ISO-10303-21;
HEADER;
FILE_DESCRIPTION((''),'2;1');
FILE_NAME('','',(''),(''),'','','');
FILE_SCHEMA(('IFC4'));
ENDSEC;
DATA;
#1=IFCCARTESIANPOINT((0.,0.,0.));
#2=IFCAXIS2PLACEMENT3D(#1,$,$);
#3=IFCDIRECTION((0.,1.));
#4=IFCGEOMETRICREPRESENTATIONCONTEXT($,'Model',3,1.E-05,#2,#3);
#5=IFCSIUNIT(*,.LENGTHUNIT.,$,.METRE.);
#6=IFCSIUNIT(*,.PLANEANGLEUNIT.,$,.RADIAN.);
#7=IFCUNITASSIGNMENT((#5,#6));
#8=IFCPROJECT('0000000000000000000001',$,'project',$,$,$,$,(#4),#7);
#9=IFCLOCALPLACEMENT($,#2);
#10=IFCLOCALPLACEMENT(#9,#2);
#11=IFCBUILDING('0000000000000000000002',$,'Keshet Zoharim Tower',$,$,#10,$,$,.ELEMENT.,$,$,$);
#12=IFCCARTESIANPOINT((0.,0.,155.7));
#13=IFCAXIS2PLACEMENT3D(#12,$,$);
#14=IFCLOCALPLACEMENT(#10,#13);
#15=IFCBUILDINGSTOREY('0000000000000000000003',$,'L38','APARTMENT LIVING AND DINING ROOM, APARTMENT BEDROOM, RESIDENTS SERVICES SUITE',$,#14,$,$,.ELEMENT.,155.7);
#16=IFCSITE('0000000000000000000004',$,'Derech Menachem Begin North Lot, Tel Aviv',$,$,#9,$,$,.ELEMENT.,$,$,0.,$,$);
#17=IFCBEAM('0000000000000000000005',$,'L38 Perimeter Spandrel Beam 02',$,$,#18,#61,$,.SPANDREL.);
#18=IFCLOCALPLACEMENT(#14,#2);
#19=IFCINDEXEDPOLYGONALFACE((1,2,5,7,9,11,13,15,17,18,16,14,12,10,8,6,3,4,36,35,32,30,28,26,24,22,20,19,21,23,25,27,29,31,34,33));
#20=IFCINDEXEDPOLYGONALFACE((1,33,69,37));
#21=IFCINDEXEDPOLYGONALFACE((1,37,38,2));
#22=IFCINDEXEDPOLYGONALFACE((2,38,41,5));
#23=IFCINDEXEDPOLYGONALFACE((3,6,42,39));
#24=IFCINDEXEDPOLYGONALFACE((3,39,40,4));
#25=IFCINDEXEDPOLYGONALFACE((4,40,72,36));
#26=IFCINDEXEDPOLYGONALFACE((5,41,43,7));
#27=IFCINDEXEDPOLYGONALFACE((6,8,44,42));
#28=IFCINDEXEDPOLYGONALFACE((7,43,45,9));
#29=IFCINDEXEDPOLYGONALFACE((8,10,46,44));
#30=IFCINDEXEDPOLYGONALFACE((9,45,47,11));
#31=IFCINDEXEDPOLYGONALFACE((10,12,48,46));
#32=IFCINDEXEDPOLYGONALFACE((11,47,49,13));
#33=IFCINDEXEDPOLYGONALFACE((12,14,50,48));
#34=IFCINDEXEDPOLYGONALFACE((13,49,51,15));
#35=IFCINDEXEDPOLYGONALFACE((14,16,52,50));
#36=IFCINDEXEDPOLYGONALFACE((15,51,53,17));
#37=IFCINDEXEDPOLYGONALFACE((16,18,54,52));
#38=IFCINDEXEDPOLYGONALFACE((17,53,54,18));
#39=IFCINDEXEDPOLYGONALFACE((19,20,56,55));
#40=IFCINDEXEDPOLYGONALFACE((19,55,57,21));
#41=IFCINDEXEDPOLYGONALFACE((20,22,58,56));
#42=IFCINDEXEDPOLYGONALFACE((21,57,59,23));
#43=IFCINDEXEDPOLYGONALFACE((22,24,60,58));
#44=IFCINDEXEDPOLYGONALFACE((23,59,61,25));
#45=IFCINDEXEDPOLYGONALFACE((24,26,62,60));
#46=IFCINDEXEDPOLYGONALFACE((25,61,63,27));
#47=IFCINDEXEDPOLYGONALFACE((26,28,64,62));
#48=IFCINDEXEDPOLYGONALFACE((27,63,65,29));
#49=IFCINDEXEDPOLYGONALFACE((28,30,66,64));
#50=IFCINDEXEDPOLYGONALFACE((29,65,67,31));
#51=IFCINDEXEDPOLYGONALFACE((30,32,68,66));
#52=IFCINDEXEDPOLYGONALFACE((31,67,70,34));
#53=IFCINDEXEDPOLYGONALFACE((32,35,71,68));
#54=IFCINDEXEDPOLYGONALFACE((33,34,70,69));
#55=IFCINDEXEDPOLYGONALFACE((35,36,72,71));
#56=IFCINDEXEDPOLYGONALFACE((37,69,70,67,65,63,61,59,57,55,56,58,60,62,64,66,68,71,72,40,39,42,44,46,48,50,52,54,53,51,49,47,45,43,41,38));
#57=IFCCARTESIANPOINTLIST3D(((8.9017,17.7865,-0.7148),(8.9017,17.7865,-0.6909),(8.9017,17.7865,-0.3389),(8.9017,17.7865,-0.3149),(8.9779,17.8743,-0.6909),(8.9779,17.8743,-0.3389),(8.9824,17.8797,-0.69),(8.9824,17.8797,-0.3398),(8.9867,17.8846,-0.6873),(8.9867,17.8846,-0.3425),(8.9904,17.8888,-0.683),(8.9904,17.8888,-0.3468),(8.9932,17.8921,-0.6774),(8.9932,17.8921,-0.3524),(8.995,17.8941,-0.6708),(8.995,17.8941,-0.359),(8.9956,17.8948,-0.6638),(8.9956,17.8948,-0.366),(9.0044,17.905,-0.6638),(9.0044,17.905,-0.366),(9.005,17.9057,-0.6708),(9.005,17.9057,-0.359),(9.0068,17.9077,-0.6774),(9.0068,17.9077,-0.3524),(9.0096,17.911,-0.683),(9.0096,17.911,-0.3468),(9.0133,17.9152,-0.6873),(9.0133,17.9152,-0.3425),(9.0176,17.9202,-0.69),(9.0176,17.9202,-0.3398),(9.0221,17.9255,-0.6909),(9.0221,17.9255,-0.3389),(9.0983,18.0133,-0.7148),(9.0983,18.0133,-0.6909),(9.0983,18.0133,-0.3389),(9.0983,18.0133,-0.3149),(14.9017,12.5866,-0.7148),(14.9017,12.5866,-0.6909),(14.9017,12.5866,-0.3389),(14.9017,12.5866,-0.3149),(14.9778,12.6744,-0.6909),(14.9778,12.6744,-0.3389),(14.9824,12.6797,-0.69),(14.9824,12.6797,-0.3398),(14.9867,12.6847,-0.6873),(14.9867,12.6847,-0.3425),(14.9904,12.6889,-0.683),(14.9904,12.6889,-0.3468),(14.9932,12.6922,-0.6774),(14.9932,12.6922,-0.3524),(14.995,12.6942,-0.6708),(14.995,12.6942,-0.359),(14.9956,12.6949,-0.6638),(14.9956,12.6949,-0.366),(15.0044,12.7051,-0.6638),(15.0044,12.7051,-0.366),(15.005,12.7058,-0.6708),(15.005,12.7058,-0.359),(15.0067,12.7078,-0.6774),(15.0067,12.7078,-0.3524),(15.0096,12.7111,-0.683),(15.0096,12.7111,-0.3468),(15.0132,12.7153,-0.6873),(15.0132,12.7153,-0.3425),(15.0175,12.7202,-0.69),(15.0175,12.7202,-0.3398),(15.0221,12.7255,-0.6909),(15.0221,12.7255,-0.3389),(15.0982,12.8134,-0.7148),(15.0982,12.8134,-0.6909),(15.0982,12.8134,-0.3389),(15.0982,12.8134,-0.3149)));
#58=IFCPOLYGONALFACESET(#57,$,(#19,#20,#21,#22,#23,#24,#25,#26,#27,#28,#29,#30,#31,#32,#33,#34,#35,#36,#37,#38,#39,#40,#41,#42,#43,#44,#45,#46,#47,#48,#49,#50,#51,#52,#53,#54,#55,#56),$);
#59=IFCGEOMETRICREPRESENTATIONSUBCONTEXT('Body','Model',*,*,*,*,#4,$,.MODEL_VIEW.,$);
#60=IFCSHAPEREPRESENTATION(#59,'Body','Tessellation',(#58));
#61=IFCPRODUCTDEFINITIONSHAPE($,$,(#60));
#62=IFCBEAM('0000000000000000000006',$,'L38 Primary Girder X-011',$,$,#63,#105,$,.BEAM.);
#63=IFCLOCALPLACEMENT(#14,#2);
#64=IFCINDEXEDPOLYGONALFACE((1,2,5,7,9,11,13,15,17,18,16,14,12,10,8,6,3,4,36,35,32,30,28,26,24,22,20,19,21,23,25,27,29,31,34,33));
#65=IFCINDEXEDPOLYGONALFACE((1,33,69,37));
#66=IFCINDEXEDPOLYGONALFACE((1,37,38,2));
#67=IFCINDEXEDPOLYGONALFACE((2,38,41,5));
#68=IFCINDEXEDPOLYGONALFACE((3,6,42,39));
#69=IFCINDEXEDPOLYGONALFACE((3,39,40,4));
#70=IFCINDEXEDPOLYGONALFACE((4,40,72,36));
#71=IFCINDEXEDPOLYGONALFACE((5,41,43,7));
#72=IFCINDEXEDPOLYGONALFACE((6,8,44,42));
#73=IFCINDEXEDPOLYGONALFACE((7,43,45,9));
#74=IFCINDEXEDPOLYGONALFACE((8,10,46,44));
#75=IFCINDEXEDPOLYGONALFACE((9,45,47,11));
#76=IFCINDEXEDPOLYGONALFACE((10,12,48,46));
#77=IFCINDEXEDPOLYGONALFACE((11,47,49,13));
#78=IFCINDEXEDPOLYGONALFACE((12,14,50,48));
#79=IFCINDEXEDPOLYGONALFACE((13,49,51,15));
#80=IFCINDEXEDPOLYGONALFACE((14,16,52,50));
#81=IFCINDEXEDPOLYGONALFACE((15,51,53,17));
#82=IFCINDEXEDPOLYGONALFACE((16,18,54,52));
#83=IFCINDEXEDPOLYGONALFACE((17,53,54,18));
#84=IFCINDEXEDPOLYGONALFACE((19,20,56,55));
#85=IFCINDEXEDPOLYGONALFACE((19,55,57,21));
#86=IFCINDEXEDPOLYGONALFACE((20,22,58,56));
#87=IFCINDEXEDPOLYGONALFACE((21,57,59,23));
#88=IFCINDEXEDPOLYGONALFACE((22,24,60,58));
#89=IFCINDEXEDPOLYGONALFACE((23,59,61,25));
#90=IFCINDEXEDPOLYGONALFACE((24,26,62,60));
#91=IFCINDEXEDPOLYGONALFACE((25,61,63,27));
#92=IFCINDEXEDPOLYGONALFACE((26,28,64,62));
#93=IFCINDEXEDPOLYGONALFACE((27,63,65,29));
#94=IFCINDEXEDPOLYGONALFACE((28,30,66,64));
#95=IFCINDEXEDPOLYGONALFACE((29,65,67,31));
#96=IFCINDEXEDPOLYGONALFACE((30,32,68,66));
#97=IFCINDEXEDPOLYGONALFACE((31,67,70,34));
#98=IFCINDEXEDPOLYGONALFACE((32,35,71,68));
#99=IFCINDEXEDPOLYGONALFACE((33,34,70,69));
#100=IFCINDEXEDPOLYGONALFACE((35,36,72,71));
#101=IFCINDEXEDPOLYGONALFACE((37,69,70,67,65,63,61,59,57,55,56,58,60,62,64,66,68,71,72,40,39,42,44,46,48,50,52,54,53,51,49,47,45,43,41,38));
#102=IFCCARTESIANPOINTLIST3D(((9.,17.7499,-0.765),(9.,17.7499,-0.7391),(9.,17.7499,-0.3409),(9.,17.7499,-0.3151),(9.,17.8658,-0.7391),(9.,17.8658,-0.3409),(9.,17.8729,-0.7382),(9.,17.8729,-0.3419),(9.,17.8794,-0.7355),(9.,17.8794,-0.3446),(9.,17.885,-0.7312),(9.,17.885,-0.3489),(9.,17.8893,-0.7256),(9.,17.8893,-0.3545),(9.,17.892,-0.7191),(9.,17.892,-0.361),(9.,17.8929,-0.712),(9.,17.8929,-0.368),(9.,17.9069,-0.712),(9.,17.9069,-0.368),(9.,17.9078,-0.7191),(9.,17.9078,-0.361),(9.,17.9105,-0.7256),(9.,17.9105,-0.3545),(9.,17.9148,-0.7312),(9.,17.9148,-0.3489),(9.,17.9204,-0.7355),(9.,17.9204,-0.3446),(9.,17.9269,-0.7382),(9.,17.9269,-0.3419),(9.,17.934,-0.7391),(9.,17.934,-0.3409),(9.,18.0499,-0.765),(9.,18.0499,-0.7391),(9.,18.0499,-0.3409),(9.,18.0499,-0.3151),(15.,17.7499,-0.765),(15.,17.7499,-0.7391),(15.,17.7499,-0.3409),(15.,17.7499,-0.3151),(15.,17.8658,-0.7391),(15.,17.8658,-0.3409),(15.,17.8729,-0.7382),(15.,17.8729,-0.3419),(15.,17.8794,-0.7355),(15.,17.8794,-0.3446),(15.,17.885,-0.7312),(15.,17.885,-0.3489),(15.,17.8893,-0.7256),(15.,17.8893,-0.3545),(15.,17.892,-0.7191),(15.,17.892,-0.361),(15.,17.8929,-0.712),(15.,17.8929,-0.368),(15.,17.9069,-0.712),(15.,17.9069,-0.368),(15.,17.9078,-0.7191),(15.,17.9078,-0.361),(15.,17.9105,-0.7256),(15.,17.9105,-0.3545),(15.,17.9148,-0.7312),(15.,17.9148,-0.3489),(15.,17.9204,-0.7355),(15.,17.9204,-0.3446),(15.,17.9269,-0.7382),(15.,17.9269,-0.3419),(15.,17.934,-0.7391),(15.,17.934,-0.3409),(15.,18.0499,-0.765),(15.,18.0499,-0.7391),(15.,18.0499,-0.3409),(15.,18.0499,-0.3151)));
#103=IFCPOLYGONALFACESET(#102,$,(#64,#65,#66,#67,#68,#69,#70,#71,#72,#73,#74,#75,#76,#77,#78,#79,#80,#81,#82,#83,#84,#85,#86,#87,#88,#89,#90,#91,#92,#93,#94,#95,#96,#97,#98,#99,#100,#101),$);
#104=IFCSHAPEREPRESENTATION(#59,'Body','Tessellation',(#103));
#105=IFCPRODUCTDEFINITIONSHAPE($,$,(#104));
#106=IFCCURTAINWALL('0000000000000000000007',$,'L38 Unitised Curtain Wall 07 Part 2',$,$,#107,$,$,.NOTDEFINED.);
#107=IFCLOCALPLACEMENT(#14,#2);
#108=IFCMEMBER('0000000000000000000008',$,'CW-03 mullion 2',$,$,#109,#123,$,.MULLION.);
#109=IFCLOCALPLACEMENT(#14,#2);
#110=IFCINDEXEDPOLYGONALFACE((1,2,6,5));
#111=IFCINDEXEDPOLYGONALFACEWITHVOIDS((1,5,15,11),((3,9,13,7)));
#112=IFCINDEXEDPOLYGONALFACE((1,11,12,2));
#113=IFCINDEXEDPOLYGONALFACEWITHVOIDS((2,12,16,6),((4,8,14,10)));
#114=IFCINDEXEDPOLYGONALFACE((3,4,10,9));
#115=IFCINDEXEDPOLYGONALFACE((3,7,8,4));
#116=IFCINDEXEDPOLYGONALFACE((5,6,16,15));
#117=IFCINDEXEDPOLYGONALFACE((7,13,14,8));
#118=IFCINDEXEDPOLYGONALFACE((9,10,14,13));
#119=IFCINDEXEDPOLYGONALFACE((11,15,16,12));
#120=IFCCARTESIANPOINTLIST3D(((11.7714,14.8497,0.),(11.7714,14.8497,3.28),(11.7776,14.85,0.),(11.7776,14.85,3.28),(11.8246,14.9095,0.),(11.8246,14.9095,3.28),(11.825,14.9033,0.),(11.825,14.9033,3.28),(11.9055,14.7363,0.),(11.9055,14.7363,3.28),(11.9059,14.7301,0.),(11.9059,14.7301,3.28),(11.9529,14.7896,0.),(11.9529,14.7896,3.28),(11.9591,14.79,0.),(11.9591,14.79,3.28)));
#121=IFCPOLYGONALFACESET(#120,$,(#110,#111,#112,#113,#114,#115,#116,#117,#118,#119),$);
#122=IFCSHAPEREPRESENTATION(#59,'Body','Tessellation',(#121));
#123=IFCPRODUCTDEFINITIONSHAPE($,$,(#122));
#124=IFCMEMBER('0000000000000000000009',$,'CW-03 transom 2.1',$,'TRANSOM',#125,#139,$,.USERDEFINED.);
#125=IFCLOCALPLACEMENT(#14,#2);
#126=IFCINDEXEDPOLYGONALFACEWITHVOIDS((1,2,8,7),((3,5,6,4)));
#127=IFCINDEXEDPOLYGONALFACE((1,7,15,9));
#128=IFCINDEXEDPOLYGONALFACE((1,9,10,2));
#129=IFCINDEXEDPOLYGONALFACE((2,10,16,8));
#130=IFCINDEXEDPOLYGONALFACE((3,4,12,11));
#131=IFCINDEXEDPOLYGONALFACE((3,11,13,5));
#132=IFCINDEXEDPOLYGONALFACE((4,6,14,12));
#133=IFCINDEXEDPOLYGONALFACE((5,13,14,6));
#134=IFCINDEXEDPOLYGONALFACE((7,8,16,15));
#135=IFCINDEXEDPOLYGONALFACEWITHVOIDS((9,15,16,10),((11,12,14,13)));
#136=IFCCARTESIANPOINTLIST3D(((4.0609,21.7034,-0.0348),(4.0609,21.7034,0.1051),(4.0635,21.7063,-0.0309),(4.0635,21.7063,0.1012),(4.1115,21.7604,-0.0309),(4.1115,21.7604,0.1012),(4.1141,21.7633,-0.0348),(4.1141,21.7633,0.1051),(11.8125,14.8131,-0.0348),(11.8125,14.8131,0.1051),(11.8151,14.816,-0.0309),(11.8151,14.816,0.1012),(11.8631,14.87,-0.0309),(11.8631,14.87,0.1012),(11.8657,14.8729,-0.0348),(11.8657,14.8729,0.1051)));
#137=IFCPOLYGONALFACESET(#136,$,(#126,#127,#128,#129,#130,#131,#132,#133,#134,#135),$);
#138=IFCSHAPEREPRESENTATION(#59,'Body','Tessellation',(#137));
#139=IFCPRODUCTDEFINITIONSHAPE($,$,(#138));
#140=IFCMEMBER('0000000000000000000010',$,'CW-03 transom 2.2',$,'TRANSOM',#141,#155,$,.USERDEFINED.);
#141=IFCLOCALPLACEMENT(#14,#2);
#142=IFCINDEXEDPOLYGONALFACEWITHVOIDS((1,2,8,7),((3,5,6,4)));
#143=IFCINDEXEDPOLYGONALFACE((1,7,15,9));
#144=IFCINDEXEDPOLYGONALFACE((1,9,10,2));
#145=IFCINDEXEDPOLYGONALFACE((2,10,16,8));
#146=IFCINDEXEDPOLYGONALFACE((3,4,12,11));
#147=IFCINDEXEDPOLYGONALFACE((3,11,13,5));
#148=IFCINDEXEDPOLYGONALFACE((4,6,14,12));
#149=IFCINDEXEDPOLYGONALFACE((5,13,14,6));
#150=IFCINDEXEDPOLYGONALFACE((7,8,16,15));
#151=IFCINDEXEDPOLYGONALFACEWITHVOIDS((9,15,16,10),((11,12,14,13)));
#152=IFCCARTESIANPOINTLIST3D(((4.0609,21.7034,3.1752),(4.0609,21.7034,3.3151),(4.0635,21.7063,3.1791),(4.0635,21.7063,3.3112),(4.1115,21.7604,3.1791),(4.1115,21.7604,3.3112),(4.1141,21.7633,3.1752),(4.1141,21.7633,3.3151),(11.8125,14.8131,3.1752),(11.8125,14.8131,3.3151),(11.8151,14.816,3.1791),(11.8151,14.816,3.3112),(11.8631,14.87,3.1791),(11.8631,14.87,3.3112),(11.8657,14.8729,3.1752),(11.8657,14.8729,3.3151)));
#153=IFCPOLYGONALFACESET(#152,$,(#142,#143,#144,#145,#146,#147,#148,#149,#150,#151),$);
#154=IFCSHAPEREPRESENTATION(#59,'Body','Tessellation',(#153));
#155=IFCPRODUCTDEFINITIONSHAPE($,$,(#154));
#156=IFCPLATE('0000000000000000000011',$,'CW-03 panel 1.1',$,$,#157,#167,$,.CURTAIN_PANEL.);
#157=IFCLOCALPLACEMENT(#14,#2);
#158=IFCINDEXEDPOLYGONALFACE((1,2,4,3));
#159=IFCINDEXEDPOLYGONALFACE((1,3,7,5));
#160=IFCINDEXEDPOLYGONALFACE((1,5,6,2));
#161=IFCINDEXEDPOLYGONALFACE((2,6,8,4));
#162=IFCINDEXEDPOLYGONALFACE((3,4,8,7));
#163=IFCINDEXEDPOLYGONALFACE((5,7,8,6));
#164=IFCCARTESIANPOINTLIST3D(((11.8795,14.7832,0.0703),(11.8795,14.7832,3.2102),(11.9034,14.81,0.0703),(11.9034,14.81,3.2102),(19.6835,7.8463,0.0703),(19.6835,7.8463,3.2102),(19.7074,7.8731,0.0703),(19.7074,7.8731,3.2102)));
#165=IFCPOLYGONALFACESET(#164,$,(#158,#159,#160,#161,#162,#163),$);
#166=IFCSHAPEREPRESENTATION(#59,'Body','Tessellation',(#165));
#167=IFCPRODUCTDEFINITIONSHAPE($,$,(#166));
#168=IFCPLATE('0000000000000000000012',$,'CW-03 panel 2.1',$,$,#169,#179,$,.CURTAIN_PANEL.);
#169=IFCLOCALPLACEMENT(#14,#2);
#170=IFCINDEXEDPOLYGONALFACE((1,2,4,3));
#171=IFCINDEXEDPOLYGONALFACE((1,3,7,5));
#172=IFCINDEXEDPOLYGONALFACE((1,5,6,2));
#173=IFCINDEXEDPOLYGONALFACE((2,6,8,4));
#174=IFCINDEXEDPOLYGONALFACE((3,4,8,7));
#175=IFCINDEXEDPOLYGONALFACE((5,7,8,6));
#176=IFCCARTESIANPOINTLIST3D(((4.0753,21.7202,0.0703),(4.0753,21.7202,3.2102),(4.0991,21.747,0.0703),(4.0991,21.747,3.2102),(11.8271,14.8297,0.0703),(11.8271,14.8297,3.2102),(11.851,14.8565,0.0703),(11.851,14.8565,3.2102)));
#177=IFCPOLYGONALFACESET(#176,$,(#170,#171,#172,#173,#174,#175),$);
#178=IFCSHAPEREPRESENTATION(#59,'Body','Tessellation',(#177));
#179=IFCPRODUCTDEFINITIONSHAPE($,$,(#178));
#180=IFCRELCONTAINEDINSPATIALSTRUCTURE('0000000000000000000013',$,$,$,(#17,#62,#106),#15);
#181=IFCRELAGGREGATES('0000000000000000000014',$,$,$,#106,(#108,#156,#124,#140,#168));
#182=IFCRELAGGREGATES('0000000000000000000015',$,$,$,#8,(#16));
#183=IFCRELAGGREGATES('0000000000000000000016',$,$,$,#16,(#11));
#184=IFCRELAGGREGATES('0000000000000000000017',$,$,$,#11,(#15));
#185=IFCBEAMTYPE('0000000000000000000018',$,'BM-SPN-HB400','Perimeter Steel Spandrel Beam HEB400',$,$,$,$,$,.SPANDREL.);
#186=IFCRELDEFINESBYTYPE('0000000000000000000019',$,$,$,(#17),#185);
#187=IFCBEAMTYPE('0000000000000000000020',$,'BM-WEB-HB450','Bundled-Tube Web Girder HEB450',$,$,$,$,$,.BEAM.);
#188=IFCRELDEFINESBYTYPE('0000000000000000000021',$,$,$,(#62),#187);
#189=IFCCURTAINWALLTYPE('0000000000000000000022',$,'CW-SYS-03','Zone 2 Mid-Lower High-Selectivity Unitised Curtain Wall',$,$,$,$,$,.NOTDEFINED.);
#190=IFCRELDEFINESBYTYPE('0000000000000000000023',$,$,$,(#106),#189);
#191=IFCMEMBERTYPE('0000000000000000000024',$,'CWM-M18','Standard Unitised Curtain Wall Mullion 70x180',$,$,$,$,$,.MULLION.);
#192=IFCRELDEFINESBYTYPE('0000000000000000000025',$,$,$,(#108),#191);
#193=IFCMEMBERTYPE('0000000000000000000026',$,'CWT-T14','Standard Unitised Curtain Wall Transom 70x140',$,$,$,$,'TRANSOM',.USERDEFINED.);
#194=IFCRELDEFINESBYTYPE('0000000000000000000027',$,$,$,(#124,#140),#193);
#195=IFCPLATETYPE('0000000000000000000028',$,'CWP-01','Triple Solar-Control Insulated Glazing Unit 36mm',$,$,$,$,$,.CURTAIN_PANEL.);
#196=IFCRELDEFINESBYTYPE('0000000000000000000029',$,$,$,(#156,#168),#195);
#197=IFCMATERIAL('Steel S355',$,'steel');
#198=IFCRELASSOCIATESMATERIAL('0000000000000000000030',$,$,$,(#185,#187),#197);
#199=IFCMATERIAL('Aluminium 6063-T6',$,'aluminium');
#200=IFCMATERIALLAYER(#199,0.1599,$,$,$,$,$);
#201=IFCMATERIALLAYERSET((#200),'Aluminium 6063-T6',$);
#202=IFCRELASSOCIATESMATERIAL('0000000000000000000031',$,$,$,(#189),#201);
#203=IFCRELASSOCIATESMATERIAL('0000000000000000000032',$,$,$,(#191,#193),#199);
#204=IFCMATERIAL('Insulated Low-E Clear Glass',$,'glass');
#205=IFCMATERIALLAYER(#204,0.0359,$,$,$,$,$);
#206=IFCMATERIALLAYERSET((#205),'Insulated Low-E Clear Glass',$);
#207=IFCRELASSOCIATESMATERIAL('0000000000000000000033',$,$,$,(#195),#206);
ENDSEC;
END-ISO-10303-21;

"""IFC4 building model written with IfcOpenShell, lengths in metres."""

from ifc_helpers import new_model, si_unit, direction, frame, origin, origin_2d, place, context, subcontext, project, spatial, rectangle, hollow_rectangle, i_section, extrude, material, layer, layer_set, material_profile, profile_set, type_object, element, aggregate, save


model = new_model("IFC4")

# Units and contexts
model_context = context("Model", 3, precision=1e-05, world=origin(), true_north=direction((0.0, 1.0)))
body_context = subcontext(model_context, "Body", "Model", "MODEL_VIEW")
ifc_project = project(units=[si_unit("LENGTHUNIT", "METRE"), si_unit("PLANEANGLEUNIT", "RADIAN")], contexts=[model_context])

# Site, building, storey
site_placement = place(None, origin())
site = spatial("IfcSite", under=ifc_project, at=site_placement, Name="Derech Menachem Begin North Lot, Tel Aviv", CompositionType="ELEMENT", RefElevation=0.0)
building_placement = place(site_placement, origin())
building = spatial("IfcBuilding", under=site, at=building_placement, Name="Keshet Zoharim Tower", CompositionType="ELEMENT")
storey_placement = place(building_placement, frame((0.0, 0.0, 155.7)))
storey = spatial("IfcBuildingStorey", under=building, at=storey_placement, Name="L38", Description="APARTMENT LIVING AND DINING ROOM, APARTMENT BEDROOM, RESIDENTS SERVICES SUITE", CompositionType="ELEMENT", Elevation=155.7)

# Shared definitions
ifc_material_1 = material(Name="Steel S355", Category="steel")

# Beams
ifc_material_profile_1 = material_profile(ifc_material_1, i_section(OverallWidth=0.3, OverallDepth=0.3999, WebThickness=0.0134, FlangeThickness=0.0239, FilletRadius=0.0271, at=origin_2d()), Name="HEB400")
ifc_profile_set_1 = profile_set([ifc_material_profile_1], Name="Steel S355")
beam_type_1 = type_object("IfcBeamType", Name="BM-SPN-HB400", Description="Perimeter Steel Spandrel Beam HEB400", PredefinedType="SPANDREL", material=ifc_profile_set_1)
beam_1_placement = place(storey_placement, frame((9.0, 17.8999, -0.5149), z_axis=(0.755692, -0.654927, 0.0), x_axis=(0.654927, 0.755692, 0.0)))
element("IfcBeam", 1, at=beam_1_placement, inside=storey, type_object=beam_type_1, Name="L38 Perimeter Spandrel Beam 02", PredefinedType="SPANDREL", context=body_context, shape_type="SweptSolid", body=[
    extrude(i_section(OverallWidth=0.3, OverallDepth=0.3999, WebThickness=0.0134, FlangeThickness=0.0239, FilletRadius=0.0271, at=origin_2d()), origin(), (0.0, 0.0, 1.0), 7.9397),
])
ifc_material_profile_2 = material_profile(ifc_material_1, i_section(OverallWidth=0.3, OverallDepth=0.45, WebThickness=0.0139, FlangeThickness=0.0259, FilletRadius=0.0271, at=origin_2d()), Name="HEB450")
ifc_profile_set_2 = profile_set([ifc_material_profile_2], Name="Steel S355")
beam_type_2 = type_object("IfcBeamType", Name="BM-WEB-HB450", Description="Bundled-Tube Web Girder HEB450", PredefinedType="BEAM", material=ifc_profile_set_2)
beam_2_placement = place(storey_placement, frame((9.0, 17.8999, -0.54), z_axis=(1.0, 0.0, 0.0), x_axis=(0.0, 1.0, 0.0)))
element("IfcBeam", 2, at=beam_2_placement, inside=storey, type_object=beam_type_2, Name="L38 Primary Girder X-011", PredefinedType="BEAM", context=body_context, shape_type="SweptSolid", body=[
    extrude(i_section(OverallWidth=0.3, OverallDepth=0.45, WebThickness=0.0139, FlangeThickness=0.0259, FilletRadius=0.0271, at=origin_2d()), origin(), (0.0, 0.0, 1.0), 6.0),
])

# Curtain wall, members, plates
ifc_material_2 = material(Name="Aluminium 6063-T6", Category="aluminium")
ifc_layer_1 = layer(ifc_material_2, 0.1599)
ifc_layer_set_1 = layer_set([ifc_layer_1], Name="Aluminium 6063-T6")
curtain_wall_type = type_object("IfcCurtainWallType", Name="CW-SYS-03", Description="Zone 2 Mid-Lower High-Selectivity Unitised Curtain Wall", PredefinedType="NOTDEFINED", material=ifc_layer_set_1)
curtain_wall_placement = place(storey_placement, origin())
curtain_wall = element("IfcCurtainWall", 3, at=curtain_wall_placement, inside=storey, type_object=curtain_wall_type, Name="L38 Unitised Curtain Wall 07 Part 2", PredefinedType="NOTDEFINED")
ifc_material_profile_3 = material_profile(ifc_material_2, hollow_rectangle(XDim=0.0801, YDim=0.1799, WallThickness=0.0044, at=origin_2d()), Name="MUL-80x180")
ifc_profile_set_3 = profile_set([ifc_material_profile_3], Name="Aluminium 6063-T6")
member_type_1 = type_object("IfcMemberType", Name="CWM-M18", Description="Standard Unitised Curtain Wall Mullion 70x180", PredefinedType="MULLION", material=ifc_profile_set_3)
member_1_placement = place(storey_placement, frame((11.8652, 14.8198, 0.0), z_axis=(0.0, 0.0, 1.0), x_axis=(-0.664363, -0.74741, 0.0)))
member_1 = element("IfcMember", 4, at=member_1_placement, type_object=member_type_1, Name="CW-03 mullion 2", PredefinedType="MULLION", context=body_context, shape_type="SweptSolid", body=[
    extrude(hollow_rectangle(XDim=0.0801, YDim=0.1799, WallThickness=0.0044, at=origin_2d()), origin(), (0.0, 0.0, 1.0), 3.28),
])
ifc_material_profile_4 = material_profile(ifc_material_2, hollow_rectangle(XDim=0.0801, YDim=0.1399, WallThickness=0.0039, at=origin_2d()), Name="TRN-80x140")
ifc_profile_set_4 = profile_set([ifc_material_profile_4], Name="Aluminium 6063-T6")
member_type_2 = type_object("IfcMemberType", Name="CWT-T14", Description="Standard Unitised Curtain Wall Transom 70x140", ElementType="TRANSOM", PredefinedType="USERDEFINED", material=ifc_profile_set_4)
member_2_placement = place(storey_placement, frame((11.8391, 14.843, 0.0352), z_axis=(-0.747411, 0.664362, 0.0), x_axis=(-0.664362, -0.747411, 0.0)))
member_2 = element("IfcMember", 5, at=member_2_placement, type_object=member_type_2, Name="CW-03 transom 2.1", ObjectType="TRANSOM", PredefinedType="USERDEFINED", context=body_context, shape_type="SweptSolid", body=[
    extrude(hollow_rectangle(XDim=0.0801, YDim=0.1399, WallThickness=0.0039, at=origin_2d()), origin(), (0.0, 0.0, 1.0), 10.3713),
])
member_3_placement = place(storey_placement, frame((11.8391, 14.843, 3.2451), z_axis=(-0.747411, 0.664362, 0.0), x_axis=(-0.664362, -0.747411, 0.0)))
member_3 = element("IfcMember", 6, at=member_3_placement, type_object=member_type_2, Name="CW-03 transom 2.2", ObjectType="TRANSOM", PredefinedType="USERDEFINED", context=body_context, shape_type="SweptSolid", body=[
    extrude(hollow_rectangle(XDim=0.0801, YDim=0.1399, WallThickness=0.0039, at=origin_2d()), origin(), (0.0, 0.0, 1.0), 10.3713),
])
ifc_material_3 = material(Name="Insulated Low-E Clear Glass", Category="glass")
ifc_layer_2 = layer(ifc_material_3, 0.0359)
ifc_layer_set_2 = layer_set([ifc_layer_2], Name="Insulated Low-E Clear Glass")
plate_type = type_object("IfcPlateType", Name="CWP-01", Description="Triple Solar-Control Insulated Glazing Unit 36mm", PredefinedType="CURTAIN_PANEL", material=ifc_layer_set_2)
plate_1_placement = place(storey_placement, frame((15.7935, 11.3281, 0.0703), z_axis=(0.0, 0.0, 1.0), x_axis=(-0.74741, 0.664363, 0.0)))
plate_1 = element("IfcPlate", 7, at=plate_1_placement, type_object=plate_type, Name="CW-03 panel 1.1", PredefinedType="CURTAIN_PANEL", context=body_context, shape_type="SweptSolid", body=[
    extrude(rectangle(XDim=10.4414, YDim=0.0359, at=origin_2d()), origin(), (0.0, 0.0, 1.0), 3.1399),
])
plate_2_placement = place(storey_placement, frame((7.9631, 18.2883, 0.0703), z_axis=(0.0, 0.0, 1.0), x_axis=(-0.74741, 0.664363, 0.0)))
plate_2 = element("IfcPlate", 8, at=plate_2_placement, type_object=plate_type, Name="CW-03 panel 2.1", PredefinedType="CURTAIN_PANEL", context=body_context, shape_type="SweptSolid", body=[
    extrude(rectangle(XDim=10.3716, YDim=0.0359, at=origin_2d()), origin(), (0.0, 0.0, 1.0), 3.1399),
])
aggregate(curtain_wall, [member_1, plate_1, member_2, member_3, plate_2])

save(model, "model.ifc")
